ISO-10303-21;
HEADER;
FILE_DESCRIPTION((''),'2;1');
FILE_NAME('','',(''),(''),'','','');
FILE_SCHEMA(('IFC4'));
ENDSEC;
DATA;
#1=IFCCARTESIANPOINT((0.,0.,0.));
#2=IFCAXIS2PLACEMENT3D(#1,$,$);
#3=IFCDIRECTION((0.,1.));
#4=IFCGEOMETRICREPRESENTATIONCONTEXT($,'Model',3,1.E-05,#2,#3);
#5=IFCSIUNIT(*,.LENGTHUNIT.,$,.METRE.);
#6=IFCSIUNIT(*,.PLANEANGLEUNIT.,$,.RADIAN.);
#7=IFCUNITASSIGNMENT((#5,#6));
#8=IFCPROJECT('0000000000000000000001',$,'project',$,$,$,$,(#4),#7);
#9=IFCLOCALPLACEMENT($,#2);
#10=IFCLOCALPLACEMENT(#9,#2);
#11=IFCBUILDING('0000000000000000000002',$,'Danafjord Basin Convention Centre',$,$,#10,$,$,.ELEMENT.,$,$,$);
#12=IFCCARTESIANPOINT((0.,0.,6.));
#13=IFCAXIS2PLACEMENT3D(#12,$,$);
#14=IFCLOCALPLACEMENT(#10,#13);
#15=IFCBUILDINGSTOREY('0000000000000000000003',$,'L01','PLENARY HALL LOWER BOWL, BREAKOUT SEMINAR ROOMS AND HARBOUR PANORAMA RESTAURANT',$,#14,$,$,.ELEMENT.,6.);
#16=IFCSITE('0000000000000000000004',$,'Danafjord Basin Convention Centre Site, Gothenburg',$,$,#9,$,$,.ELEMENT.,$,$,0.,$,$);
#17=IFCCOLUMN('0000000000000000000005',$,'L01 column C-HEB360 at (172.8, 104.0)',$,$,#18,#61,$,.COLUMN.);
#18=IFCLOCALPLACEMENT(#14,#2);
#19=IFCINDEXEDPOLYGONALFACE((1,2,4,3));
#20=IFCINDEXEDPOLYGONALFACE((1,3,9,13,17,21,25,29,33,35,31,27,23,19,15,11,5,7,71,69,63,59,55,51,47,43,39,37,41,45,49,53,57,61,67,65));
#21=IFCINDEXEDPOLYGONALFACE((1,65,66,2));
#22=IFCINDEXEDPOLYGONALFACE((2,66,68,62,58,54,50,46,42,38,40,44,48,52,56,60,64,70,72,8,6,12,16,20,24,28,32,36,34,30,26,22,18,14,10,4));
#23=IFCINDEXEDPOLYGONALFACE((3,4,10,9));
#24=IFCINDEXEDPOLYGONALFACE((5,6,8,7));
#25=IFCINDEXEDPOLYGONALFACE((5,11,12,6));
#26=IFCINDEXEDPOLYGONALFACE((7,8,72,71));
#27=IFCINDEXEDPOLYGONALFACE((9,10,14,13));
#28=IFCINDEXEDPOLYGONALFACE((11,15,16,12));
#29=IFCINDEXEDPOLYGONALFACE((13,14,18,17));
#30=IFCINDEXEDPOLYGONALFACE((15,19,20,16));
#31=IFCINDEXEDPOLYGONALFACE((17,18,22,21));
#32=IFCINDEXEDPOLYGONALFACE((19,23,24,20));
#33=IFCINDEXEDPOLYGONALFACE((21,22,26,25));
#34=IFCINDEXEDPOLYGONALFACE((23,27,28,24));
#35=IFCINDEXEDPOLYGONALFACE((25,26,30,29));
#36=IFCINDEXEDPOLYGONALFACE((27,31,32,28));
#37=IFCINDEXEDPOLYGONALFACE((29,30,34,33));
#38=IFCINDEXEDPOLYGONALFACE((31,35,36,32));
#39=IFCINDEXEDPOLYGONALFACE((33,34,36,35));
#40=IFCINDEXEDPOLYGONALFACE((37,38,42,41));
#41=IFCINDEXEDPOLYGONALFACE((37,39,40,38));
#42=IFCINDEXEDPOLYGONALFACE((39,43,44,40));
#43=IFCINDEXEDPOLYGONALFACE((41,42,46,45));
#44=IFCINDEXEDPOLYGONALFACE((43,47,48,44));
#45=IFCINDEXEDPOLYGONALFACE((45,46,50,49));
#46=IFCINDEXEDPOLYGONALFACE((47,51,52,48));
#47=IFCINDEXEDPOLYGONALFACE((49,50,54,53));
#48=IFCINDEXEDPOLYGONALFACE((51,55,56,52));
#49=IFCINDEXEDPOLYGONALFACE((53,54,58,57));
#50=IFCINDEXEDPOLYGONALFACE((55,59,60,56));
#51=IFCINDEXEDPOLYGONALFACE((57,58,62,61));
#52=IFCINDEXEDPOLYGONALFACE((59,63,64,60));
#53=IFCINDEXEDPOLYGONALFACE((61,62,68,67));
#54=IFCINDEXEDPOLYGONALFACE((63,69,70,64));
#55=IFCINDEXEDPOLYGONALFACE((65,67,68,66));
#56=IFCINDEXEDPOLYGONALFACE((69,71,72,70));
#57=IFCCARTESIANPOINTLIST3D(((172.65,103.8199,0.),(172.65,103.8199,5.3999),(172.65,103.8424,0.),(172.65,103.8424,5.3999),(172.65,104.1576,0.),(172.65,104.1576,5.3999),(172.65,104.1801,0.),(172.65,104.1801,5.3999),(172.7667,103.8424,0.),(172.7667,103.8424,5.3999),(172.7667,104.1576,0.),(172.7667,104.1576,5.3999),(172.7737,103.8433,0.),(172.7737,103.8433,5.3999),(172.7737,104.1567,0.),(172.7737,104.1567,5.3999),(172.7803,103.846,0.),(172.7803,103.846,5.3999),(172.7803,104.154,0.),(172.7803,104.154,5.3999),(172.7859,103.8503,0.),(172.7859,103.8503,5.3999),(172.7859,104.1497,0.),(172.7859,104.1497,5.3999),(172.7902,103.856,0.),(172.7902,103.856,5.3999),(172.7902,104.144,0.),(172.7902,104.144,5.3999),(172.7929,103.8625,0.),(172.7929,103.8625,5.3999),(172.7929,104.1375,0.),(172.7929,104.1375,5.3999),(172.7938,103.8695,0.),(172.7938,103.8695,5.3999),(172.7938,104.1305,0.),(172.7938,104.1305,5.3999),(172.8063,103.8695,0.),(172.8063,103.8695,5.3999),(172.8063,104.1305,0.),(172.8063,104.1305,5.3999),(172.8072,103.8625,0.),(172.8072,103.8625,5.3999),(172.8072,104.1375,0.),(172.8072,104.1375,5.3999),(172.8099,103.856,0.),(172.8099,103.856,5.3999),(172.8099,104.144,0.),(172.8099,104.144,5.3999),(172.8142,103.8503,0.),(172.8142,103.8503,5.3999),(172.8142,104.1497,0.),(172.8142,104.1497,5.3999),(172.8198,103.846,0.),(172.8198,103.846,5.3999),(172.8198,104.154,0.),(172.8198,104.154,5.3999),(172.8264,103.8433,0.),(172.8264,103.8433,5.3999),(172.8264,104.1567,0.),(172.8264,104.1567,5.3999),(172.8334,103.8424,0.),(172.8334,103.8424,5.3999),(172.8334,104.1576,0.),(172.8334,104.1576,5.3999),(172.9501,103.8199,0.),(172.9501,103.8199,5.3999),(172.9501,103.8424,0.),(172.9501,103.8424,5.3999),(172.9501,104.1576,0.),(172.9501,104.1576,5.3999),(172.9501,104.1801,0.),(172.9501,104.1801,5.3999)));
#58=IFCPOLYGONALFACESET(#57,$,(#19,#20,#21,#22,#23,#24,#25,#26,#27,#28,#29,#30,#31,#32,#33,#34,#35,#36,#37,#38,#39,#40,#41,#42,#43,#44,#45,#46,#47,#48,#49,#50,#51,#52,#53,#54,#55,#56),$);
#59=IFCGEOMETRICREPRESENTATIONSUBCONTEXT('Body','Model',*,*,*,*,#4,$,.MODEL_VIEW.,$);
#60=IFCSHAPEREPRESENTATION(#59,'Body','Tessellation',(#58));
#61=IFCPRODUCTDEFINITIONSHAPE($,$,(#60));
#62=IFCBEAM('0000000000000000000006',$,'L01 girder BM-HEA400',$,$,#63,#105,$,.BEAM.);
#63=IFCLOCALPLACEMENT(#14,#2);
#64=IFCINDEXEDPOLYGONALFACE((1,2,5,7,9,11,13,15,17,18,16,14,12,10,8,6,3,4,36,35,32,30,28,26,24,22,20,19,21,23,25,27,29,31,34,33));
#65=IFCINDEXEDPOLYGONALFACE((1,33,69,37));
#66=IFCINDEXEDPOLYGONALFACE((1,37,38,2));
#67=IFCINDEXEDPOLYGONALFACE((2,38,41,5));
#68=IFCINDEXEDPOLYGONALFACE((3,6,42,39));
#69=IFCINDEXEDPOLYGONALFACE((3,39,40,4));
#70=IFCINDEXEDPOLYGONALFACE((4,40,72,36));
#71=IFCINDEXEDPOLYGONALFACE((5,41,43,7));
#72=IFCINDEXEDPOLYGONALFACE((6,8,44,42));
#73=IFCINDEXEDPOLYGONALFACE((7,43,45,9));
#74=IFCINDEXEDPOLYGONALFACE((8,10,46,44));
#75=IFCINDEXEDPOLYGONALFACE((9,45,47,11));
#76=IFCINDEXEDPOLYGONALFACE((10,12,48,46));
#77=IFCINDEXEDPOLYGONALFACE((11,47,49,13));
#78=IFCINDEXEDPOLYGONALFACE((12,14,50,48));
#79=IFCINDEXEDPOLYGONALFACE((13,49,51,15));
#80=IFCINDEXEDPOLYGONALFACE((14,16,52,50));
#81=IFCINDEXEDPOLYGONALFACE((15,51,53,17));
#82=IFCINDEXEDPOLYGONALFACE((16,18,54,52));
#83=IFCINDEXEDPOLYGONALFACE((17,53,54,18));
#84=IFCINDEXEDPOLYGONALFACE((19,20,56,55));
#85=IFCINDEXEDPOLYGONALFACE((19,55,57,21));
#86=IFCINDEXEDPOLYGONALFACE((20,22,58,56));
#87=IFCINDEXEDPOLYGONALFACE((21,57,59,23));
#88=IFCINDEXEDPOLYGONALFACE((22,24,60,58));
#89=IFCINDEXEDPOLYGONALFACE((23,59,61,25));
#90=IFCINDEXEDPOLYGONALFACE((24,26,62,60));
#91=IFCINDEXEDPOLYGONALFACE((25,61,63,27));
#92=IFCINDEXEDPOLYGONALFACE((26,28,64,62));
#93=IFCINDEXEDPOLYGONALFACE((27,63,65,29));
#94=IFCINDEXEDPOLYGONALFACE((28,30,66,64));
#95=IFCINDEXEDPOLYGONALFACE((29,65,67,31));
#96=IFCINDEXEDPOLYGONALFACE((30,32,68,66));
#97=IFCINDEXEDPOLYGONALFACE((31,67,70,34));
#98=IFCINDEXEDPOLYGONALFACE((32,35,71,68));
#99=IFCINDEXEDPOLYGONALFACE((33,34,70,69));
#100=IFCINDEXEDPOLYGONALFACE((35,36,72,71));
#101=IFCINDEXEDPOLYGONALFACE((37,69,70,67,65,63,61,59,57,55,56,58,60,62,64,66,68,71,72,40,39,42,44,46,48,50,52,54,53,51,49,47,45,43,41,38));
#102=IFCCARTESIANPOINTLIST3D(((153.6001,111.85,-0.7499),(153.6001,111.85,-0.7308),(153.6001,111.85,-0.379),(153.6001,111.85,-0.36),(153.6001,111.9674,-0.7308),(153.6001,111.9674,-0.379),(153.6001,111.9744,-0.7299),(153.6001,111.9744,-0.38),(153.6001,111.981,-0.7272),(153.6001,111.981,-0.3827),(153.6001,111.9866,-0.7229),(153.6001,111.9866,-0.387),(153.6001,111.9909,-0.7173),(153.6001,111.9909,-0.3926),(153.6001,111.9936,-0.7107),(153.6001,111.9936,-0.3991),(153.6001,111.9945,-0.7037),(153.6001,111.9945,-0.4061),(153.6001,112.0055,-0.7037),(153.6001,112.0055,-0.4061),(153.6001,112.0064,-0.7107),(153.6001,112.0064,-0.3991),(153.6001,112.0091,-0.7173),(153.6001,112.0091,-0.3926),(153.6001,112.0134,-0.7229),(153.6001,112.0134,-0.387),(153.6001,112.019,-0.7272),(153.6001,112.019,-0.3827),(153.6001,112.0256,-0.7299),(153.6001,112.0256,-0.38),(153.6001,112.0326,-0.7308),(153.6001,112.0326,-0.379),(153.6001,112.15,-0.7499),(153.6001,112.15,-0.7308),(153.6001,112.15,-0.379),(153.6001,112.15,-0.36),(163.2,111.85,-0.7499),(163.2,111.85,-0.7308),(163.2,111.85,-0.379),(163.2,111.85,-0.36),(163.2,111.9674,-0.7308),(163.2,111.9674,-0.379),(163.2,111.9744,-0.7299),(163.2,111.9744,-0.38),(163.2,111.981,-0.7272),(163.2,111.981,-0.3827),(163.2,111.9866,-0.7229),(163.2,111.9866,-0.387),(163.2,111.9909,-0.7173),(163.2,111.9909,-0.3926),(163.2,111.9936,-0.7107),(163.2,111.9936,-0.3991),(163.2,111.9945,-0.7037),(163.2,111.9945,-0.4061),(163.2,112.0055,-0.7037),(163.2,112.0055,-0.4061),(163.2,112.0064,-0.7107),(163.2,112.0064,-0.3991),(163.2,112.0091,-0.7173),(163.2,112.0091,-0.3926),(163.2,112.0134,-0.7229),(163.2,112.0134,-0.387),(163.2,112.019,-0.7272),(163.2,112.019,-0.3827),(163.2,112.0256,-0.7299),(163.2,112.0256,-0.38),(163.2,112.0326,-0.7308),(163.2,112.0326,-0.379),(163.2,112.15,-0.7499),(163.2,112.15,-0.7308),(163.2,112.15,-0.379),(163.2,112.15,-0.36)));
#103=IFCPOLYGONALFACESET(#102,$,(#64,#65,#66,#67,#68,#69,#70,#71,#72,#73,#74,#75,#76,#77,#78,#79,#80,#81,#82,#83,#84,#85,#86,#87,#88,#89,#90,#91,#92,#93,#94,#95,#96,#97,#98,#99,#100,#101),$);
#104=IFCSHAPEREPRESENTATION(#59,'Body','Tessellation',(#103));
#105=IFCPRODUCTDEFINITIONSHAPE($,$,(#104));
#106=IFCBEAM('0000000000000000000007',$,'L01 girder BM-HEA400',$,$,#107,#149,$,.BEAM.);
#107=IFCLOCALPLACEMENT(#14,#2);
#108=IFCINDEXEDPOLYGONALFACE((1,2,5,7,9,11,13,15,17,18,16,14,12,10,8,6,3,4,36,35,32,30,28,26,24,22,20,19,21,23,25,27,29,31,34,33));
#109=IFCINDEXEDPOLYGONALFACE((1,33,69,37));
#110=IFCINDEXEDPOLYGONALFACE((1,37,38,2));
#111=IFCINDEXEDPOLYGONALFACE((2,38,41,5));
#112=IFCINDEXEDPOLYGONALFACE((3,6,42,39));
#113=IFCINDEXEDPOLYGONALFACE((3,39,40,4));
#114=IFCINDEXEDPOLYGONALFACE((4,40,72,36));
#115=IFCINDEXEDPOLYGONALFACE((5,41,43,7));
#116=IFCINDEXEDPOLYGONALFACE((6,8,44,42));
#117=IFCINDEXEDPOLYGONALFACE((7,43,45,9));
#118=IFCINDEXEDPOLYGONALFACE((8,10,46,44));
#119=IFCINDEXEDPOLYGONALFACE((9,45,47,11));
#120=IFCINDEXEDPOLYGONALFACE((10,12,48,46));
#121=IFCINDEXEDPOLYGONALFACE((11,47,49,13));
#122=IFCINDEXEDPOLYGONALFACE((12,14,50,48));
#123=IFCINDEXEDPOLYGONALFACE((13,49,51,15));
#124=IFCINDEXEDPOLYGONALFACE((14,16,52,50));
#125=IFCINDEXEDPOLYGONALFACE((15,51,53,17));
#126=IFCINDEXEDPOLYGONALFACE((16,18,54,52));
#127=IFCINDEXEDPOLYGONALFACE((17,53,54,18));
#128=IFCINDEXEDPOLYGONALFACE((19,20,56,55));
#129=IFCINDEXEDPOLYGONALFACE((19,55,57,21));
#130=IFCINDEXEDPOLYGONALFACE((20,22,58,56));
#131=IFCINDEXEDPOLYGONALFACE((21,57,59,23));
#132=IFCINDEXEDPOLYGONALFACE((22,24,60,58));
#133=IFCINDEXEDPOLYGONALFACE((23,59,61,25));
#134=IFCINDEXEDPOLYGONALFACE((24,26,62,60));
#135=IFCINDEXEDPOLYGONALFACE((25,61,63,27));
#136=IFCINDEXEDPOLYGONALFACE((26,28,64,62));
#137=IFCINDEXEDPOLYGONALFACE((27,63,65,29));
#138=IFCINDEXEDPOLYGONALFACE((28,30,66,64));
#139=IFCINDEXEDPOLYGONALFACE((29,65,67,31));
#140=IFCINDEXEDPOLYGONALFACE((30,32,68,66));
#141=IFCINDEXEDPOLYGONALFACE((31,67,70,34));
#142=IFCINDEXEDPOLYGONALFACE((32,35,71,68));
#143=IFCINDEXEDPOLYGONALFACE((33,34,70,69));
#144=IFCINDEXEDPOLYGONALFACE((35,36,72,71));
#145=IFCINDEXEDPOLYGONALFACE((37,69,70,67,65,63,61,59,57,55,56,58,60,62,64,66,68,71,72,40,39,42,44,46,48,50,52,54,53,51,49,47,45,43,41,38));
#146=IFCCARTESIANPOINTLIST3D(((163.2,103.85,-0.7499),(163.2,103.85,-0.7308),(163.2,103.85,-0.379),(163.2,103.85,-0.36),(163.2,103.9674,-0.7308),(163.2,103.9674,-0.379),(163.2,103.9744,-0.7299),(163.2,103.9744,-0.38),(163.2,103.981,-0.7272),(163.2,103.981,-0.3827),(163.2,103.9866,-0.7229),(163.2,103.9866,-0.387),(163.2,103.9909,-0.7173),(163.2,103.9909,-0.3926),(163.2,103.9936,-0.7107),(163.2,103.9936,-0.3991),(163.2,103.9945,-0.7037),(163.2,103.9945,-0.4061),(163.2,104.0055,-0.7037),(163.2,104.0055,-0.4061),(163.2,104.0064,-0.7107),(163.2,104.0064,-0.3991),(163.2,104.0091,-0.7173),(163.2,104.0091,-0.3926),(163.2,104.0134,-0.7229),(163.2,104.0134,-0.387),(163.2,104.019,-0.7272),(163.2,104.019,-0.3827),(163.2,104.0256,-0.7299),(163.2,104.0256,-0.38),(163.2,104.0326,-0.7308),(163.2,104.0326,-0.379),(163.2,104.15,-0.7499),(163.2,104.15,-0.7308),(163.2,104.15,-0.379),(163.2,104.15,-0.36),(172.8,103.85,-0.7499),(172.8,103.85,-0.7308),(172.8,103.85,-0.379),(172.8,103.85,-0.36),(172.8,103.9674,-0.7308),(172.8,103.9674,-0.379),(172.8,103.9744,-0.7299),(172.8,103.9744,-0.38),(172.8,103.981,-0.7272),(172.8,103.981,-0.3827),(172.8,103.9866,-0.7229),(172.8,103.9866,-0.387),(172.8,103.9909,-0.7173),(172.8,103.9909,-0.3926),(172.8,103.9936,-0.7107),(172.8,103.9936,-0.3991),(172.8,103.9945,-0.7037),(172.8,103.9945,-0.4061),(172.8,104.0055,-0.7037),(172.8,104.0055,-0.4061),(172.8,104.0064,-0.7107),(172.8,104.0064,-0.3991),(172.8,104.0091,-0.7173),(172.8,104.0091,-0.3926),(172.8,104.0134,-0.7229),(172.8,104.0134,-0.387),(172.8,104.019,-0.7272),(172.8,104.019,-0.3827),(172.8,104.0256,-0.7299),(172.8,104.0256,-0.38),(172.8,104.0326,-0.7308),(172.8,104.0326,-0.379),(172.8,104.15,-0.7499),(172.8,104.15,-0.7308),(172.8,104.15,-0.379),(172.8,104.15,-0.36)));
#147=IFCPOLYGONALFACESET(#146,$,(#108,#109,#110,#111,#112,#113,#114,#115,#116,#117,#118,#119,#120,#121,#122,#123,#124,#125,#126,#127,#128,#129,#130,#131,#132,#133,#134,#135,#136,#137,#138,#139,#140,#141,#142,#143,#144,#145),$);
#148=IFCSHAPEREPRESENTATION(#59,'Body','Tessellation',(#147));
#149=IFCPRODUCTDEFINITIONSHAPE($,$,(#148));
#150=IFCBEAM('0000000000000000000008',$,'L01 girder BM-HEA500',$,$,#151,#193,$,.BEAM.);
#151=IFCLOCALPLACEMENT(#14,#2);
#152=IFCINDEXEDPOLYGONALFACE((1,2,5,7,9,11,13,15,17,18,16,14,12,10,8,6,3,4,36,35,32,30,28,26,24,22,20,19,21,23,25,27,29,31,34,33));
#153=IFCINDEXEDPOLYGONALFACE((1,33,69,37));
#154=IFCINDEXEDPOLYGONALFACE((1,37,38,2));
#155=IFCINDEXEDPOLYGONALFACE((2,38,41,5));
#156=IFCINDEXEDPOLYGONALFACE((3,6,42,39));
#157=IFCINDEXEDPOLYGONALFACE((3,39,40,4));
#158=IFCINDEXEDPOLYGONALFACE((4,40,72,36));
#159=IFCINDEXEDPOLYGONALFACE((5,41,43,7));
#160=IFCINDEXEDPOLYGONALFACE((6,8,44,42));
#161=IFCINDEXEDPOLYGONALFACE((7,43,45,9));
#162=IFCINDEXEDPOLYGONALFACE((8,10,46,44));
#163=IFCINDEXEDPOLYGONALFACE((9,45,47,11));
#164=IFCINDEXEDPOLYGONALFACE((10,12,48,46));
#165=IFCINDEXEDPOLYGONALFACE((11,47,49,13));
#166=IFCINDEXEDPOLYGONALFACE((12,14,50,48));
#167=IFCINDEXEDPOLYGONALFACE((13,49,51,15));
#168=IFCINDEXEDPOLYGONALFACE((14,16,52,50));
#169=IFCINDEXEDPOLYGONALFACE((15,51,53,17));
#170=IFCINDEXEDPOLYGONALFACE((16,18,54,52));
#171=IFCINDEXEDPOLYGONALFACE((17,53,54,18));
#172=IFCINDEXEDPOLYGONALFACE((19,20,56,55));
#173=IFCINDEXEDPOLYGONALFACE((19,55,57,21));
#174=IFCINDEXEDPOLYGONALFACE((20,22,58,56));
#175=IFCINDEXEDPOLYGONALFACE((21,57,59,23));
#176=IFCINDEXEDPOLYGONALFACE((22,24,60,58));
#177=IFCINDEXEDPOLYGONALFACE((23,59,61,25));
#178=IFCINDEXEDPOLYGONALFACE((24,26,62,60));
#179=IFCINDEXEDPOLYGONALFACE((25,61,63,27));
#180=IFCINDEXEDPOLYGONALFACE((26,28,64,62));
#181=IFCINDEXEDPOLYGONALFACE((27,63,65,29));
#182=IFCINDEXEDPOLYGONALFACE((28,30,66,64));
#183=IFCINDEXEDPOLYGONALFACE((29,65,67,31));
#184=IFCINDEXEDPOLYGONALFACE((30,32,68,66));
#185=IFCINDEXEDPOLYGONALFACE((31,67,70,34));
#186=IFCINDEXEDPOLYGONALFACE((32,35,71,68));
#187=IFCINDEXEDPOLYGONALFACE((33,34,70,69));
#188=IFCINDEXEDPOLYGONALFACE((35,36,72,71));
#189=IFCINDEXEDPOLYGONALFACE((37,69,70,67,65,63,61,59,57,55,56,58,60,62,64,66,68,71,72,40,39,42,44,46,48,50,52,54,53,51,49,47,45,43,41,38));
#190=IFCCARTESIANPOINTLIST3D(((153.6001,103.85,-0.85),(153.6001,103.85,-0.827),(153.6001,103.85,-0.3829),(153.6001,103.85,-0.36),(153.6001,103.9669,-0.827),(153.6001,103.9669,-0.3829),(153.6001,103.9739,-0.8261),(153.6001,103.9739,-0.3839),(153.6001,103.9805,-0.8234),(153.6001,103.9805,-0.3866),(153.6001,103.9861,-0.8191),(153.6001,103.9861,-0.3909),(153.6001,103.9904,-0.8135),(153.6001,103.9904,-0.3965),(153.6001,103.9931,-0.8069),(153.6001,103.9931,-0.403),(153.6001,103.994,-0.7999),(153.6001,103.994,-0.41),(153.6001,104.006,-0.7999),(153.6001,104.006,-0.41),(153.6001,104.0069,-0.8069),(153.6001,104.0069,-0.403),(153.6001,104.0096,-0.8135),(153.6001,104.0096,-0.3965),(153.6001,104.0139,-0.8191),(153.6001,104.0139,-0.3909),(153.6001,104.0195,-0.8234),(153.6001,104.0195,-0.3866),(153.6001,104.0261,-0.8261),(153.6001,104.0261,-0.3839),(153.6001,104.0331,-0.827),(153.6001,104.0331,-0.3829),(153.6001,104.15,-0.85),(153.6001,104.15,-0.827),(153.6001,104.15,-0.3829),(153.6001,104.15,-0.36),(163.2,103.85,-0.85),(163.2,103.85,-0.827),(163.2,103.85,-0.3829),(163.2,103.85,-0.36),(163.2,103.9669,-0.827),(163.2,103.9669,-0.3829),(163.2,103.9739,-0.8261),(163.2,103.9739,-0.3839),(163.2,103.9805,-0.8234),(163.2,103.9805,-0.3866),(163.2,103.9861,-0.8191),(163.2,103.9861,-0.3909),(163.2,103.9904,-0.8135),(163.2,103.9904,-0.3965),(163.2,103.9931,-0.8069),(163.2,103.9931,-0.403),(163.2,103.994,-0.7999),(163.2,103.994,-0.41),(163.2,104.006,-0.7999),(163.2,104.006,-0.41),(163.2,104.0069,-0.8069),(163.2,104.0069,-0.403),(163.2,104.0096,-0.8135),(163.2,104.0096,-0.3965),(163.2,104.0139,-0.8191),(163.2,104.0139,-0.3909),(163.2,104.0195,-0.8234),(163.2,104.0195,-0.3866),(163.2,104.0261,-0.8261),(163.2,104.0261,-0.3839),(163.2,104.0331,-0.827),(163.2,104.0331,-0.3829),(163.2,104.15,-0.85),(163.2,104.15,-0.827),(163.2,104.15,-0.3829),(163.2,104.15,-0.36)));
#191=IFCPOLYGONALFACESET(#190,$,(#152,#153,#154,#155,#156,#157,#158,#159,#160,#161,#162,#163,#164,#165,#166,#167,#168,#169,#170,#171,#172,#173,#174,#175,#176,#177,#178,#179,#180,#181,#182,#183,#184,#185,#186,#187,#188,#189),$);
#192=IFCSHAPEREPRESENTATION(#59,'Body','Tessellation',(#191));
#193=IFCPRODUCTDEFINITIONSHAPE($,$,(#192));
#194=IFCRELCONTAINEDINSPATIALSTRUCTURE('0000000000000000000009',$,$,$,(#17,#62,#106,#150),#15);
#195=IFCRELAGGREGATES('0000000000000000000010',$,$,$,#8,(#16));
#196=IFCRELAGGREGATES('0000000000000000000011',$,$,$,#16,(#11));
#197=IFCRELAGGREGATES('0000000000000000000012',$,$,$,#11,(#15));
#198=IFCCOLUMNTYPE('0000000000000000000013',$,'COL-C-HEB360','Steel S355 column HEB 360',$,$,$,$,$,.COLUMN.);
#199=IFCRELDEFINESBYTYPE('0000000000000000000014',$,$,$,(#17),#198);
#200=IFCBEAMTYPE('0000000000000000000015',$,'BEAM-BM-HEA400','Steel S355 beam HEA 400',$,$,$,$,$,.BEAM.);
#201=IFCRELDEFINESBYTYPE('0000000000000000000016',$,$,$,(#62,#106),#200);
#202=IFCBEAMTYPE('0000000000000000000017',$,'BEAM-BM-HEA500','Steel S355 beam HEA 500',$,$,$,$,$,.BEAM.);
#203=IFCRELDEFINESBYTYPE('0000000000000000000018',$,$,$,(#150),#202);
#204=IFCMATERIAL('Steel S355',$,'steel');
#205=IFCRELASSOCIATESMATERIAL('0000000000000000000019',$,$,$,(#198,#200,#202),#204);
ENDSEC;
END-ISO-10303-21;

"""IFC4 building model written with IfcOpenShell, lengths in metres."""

from ifc_helpers import new_model, si_unit, direction, frame, origin, origin_2d, place, context, subcontext, project, spatial, i_section, extrude, material, material_profile, profile_set, type_object, element, save


model = new_model("IFC4")

# Units and contexts
model_context = context("Model", 3, precision=1e-05, world=origin(), true_north=direction((0.0, 1.0)))
body_context = subcontext(model_context, "Body", "Model", "MODEL_VIEW")
ifc_project = project(units=[si_unit("LENGTHUNIT", "METRE"), si_unit("PLANEANGLEUNIT", "RADIAN")], contexts=[model_context])

# Site, building, storey
site_placement = place(None, origin())
site = spatial("IfcSite", under=ifc_project, at=site_placement, Name="Danafjord Basin Convention Centre Site, Gothenburg", CompositionType="ELEMENT", RefElevation=0.0)
building_placement = place(site_placement, origin())
building = spatial("IfcBuilding", under=site, at=building_placement, Name="Danafjord Basin Convention Centre", CompositionType="ELEMENT")
storey_placement = place(building_placement, frame((0.0, 0.0, 6.0)))
storey = spatial("IfcBuildingStorey", under=building, at=storey_placement, Name="L01", Description="PLENARY HALL LOWER BOWL, BREAKOUT SEMINAR ROOMS AND HARBOUR PANORAMA RESTAURANT", CompositionType="ELEMENT", Elevation=6.0)

# Column
ifc_material = material(Name="Steel S355", Category="steel")
ifc_material_profile_1 = material_profile(ifc_material, i_section(OverallWidth=0.3, OverallDepth=0.3601, WebThickness=0.0125, FlangeThickness=0.0225, FilletRadius=0.0271, at=origin_2d()), Name="HEB 360")
ifc_profile_set_1 = profile_set([ifc_material_profile_1], Name="Steel S355")
column_type_1 = type_object("IfcColumnType", Name="COL-C-HEB360", Description="Steel S355 column HEB 360", PredefinedType="COLUMN", material=ifc_profile_set_1)
column_1_placement = place(storey_placement, frame((172.8, 104.0, 0.0), z_axis=(0.0, 0.0, 1.0), x_axis=(1.0, 0.0, 0.0)))
element("IfcColumn", 1, at=column_1_placement, inside=storey, type_object=column_type_1, Name="L01 column C-HEB360 at (172.8, 104.0)", PredefinedType="COLUMN", context=body_context, shape_type="SweptSolid", body=[
    extrude(i_section(OverallWidth=0.3, OverallDepth=0.3601, WebThickness=0.0125, FlangeThickness=0.0225, FilletRadius=0.0271, at=origin_2d()), origin(), (0.0, 0.0, 1.0), 5.3999),
])

# Beams
ifc_material_profile_2 = material_profile(ifc_material, i_section(OverallWidth=0.3, OverallDepth=0.3899, WebThickness=0.011, FlangeThickness=0.019, FilletRadius=0.0271, at=origin_2d()), Name="HEA 400")
ifc_profile_set_2 = profile_set([ifc_material_profile_2], Name="Steel S355")
beam_type_1 = type_object("IfcBeamType", Name="BEAM-BM-HEA400", Description="Steel S355 beam HEA 400", PredefinedType="BEAM", material=ifc_profile_set_2)
beam_1_placement = place(storey_placement, frame((153.6001, 112.0, -0.5549), z_axis=(1.0, 0.0, 0.0), x_axis=(0.0, 1.0, 0.0)))
element("IfcBeam", 2, at=beam_1_placement, inside=storey, type_object=beam_type_1, Name="L01 girder BM-HEA400", PredefinedType="BEAM", context=body_context, shape_type="SweptSolid", body=[
    extrude(i_section(OverallWidth=0.3, OverallDepth=0.3899, WebThickness=0.011, FlangeThickness=0.019, FilletRadius=0.0271, at=origin_2d()), origin(), (0.0, 0.0, 1.0), 9.5999),
])
beam_2_placement = place(storey_placement, frame((163.2, 104.0, -0.5549), z_axis=(1.0, 0.0, 0.0), x_axis=(0.0, 1.0, 0.0)))
element("IfcBeam", 3, at=beam_2_placement, inside=storey, type_object=beam_type_1, Name="L01 girder BM-HEA400", PredefinedType="BEAM", context=body_context, shape_type="SweptSolid", body=[
    extrude(i_section(OverallWidth=0.3, OverallDepth=0.3899, WebThickness=0.011, FlangeThickness=0.019, FilletRadius=0.0271, at=origin_2d()), origin(), (0.0, 0.0, 1.0), 9.6001),
])
ifc_material_profile_3 = material_profile(ifc_material, i_section(OverallWidth=0.3, OverallDepth=0.49, WebThickness=0.012, FlangeThickness=0.0229, FilletRadius=0.0271, at=origin_2d()), Name="HEA 500")
ifc_profile_set_3 = profile_set([ifc_material_profile_3], Name="Steel S355")
beam_type_2 = type_object("IfcBeamType", Name="BEAM-BM-HEA500", Description="Steel S355 beam HEA 500", PredefinedType="BEAM", material=ifc_profile_set_3)
beam_3_placement = place(storey_placement, frame((153.6001, 104.0, -0.605), z_axis=(1.0, 0.0, 0.0), x_axis=(0.0, 1.0, 0.0)))
element("IfcBeam", 4, at=beam_3_placement, inside=storey, type_object=beam_type_2, Name="L01 girder BM-HEA500", PredefinedType="BEAM", context=body_context, shape_type="SweptSolid", body=[
    extrude(i_section(OverallWidth=0.3, OverallDepth=0.49, WebThickness=0.012, FlangeThickness=0.0229, FilletRadius=0.0271, at=origin_2d()), origin(), (0.0, 0.0, 1.0), 9.5999),
])

save(model, "model.ifc")
